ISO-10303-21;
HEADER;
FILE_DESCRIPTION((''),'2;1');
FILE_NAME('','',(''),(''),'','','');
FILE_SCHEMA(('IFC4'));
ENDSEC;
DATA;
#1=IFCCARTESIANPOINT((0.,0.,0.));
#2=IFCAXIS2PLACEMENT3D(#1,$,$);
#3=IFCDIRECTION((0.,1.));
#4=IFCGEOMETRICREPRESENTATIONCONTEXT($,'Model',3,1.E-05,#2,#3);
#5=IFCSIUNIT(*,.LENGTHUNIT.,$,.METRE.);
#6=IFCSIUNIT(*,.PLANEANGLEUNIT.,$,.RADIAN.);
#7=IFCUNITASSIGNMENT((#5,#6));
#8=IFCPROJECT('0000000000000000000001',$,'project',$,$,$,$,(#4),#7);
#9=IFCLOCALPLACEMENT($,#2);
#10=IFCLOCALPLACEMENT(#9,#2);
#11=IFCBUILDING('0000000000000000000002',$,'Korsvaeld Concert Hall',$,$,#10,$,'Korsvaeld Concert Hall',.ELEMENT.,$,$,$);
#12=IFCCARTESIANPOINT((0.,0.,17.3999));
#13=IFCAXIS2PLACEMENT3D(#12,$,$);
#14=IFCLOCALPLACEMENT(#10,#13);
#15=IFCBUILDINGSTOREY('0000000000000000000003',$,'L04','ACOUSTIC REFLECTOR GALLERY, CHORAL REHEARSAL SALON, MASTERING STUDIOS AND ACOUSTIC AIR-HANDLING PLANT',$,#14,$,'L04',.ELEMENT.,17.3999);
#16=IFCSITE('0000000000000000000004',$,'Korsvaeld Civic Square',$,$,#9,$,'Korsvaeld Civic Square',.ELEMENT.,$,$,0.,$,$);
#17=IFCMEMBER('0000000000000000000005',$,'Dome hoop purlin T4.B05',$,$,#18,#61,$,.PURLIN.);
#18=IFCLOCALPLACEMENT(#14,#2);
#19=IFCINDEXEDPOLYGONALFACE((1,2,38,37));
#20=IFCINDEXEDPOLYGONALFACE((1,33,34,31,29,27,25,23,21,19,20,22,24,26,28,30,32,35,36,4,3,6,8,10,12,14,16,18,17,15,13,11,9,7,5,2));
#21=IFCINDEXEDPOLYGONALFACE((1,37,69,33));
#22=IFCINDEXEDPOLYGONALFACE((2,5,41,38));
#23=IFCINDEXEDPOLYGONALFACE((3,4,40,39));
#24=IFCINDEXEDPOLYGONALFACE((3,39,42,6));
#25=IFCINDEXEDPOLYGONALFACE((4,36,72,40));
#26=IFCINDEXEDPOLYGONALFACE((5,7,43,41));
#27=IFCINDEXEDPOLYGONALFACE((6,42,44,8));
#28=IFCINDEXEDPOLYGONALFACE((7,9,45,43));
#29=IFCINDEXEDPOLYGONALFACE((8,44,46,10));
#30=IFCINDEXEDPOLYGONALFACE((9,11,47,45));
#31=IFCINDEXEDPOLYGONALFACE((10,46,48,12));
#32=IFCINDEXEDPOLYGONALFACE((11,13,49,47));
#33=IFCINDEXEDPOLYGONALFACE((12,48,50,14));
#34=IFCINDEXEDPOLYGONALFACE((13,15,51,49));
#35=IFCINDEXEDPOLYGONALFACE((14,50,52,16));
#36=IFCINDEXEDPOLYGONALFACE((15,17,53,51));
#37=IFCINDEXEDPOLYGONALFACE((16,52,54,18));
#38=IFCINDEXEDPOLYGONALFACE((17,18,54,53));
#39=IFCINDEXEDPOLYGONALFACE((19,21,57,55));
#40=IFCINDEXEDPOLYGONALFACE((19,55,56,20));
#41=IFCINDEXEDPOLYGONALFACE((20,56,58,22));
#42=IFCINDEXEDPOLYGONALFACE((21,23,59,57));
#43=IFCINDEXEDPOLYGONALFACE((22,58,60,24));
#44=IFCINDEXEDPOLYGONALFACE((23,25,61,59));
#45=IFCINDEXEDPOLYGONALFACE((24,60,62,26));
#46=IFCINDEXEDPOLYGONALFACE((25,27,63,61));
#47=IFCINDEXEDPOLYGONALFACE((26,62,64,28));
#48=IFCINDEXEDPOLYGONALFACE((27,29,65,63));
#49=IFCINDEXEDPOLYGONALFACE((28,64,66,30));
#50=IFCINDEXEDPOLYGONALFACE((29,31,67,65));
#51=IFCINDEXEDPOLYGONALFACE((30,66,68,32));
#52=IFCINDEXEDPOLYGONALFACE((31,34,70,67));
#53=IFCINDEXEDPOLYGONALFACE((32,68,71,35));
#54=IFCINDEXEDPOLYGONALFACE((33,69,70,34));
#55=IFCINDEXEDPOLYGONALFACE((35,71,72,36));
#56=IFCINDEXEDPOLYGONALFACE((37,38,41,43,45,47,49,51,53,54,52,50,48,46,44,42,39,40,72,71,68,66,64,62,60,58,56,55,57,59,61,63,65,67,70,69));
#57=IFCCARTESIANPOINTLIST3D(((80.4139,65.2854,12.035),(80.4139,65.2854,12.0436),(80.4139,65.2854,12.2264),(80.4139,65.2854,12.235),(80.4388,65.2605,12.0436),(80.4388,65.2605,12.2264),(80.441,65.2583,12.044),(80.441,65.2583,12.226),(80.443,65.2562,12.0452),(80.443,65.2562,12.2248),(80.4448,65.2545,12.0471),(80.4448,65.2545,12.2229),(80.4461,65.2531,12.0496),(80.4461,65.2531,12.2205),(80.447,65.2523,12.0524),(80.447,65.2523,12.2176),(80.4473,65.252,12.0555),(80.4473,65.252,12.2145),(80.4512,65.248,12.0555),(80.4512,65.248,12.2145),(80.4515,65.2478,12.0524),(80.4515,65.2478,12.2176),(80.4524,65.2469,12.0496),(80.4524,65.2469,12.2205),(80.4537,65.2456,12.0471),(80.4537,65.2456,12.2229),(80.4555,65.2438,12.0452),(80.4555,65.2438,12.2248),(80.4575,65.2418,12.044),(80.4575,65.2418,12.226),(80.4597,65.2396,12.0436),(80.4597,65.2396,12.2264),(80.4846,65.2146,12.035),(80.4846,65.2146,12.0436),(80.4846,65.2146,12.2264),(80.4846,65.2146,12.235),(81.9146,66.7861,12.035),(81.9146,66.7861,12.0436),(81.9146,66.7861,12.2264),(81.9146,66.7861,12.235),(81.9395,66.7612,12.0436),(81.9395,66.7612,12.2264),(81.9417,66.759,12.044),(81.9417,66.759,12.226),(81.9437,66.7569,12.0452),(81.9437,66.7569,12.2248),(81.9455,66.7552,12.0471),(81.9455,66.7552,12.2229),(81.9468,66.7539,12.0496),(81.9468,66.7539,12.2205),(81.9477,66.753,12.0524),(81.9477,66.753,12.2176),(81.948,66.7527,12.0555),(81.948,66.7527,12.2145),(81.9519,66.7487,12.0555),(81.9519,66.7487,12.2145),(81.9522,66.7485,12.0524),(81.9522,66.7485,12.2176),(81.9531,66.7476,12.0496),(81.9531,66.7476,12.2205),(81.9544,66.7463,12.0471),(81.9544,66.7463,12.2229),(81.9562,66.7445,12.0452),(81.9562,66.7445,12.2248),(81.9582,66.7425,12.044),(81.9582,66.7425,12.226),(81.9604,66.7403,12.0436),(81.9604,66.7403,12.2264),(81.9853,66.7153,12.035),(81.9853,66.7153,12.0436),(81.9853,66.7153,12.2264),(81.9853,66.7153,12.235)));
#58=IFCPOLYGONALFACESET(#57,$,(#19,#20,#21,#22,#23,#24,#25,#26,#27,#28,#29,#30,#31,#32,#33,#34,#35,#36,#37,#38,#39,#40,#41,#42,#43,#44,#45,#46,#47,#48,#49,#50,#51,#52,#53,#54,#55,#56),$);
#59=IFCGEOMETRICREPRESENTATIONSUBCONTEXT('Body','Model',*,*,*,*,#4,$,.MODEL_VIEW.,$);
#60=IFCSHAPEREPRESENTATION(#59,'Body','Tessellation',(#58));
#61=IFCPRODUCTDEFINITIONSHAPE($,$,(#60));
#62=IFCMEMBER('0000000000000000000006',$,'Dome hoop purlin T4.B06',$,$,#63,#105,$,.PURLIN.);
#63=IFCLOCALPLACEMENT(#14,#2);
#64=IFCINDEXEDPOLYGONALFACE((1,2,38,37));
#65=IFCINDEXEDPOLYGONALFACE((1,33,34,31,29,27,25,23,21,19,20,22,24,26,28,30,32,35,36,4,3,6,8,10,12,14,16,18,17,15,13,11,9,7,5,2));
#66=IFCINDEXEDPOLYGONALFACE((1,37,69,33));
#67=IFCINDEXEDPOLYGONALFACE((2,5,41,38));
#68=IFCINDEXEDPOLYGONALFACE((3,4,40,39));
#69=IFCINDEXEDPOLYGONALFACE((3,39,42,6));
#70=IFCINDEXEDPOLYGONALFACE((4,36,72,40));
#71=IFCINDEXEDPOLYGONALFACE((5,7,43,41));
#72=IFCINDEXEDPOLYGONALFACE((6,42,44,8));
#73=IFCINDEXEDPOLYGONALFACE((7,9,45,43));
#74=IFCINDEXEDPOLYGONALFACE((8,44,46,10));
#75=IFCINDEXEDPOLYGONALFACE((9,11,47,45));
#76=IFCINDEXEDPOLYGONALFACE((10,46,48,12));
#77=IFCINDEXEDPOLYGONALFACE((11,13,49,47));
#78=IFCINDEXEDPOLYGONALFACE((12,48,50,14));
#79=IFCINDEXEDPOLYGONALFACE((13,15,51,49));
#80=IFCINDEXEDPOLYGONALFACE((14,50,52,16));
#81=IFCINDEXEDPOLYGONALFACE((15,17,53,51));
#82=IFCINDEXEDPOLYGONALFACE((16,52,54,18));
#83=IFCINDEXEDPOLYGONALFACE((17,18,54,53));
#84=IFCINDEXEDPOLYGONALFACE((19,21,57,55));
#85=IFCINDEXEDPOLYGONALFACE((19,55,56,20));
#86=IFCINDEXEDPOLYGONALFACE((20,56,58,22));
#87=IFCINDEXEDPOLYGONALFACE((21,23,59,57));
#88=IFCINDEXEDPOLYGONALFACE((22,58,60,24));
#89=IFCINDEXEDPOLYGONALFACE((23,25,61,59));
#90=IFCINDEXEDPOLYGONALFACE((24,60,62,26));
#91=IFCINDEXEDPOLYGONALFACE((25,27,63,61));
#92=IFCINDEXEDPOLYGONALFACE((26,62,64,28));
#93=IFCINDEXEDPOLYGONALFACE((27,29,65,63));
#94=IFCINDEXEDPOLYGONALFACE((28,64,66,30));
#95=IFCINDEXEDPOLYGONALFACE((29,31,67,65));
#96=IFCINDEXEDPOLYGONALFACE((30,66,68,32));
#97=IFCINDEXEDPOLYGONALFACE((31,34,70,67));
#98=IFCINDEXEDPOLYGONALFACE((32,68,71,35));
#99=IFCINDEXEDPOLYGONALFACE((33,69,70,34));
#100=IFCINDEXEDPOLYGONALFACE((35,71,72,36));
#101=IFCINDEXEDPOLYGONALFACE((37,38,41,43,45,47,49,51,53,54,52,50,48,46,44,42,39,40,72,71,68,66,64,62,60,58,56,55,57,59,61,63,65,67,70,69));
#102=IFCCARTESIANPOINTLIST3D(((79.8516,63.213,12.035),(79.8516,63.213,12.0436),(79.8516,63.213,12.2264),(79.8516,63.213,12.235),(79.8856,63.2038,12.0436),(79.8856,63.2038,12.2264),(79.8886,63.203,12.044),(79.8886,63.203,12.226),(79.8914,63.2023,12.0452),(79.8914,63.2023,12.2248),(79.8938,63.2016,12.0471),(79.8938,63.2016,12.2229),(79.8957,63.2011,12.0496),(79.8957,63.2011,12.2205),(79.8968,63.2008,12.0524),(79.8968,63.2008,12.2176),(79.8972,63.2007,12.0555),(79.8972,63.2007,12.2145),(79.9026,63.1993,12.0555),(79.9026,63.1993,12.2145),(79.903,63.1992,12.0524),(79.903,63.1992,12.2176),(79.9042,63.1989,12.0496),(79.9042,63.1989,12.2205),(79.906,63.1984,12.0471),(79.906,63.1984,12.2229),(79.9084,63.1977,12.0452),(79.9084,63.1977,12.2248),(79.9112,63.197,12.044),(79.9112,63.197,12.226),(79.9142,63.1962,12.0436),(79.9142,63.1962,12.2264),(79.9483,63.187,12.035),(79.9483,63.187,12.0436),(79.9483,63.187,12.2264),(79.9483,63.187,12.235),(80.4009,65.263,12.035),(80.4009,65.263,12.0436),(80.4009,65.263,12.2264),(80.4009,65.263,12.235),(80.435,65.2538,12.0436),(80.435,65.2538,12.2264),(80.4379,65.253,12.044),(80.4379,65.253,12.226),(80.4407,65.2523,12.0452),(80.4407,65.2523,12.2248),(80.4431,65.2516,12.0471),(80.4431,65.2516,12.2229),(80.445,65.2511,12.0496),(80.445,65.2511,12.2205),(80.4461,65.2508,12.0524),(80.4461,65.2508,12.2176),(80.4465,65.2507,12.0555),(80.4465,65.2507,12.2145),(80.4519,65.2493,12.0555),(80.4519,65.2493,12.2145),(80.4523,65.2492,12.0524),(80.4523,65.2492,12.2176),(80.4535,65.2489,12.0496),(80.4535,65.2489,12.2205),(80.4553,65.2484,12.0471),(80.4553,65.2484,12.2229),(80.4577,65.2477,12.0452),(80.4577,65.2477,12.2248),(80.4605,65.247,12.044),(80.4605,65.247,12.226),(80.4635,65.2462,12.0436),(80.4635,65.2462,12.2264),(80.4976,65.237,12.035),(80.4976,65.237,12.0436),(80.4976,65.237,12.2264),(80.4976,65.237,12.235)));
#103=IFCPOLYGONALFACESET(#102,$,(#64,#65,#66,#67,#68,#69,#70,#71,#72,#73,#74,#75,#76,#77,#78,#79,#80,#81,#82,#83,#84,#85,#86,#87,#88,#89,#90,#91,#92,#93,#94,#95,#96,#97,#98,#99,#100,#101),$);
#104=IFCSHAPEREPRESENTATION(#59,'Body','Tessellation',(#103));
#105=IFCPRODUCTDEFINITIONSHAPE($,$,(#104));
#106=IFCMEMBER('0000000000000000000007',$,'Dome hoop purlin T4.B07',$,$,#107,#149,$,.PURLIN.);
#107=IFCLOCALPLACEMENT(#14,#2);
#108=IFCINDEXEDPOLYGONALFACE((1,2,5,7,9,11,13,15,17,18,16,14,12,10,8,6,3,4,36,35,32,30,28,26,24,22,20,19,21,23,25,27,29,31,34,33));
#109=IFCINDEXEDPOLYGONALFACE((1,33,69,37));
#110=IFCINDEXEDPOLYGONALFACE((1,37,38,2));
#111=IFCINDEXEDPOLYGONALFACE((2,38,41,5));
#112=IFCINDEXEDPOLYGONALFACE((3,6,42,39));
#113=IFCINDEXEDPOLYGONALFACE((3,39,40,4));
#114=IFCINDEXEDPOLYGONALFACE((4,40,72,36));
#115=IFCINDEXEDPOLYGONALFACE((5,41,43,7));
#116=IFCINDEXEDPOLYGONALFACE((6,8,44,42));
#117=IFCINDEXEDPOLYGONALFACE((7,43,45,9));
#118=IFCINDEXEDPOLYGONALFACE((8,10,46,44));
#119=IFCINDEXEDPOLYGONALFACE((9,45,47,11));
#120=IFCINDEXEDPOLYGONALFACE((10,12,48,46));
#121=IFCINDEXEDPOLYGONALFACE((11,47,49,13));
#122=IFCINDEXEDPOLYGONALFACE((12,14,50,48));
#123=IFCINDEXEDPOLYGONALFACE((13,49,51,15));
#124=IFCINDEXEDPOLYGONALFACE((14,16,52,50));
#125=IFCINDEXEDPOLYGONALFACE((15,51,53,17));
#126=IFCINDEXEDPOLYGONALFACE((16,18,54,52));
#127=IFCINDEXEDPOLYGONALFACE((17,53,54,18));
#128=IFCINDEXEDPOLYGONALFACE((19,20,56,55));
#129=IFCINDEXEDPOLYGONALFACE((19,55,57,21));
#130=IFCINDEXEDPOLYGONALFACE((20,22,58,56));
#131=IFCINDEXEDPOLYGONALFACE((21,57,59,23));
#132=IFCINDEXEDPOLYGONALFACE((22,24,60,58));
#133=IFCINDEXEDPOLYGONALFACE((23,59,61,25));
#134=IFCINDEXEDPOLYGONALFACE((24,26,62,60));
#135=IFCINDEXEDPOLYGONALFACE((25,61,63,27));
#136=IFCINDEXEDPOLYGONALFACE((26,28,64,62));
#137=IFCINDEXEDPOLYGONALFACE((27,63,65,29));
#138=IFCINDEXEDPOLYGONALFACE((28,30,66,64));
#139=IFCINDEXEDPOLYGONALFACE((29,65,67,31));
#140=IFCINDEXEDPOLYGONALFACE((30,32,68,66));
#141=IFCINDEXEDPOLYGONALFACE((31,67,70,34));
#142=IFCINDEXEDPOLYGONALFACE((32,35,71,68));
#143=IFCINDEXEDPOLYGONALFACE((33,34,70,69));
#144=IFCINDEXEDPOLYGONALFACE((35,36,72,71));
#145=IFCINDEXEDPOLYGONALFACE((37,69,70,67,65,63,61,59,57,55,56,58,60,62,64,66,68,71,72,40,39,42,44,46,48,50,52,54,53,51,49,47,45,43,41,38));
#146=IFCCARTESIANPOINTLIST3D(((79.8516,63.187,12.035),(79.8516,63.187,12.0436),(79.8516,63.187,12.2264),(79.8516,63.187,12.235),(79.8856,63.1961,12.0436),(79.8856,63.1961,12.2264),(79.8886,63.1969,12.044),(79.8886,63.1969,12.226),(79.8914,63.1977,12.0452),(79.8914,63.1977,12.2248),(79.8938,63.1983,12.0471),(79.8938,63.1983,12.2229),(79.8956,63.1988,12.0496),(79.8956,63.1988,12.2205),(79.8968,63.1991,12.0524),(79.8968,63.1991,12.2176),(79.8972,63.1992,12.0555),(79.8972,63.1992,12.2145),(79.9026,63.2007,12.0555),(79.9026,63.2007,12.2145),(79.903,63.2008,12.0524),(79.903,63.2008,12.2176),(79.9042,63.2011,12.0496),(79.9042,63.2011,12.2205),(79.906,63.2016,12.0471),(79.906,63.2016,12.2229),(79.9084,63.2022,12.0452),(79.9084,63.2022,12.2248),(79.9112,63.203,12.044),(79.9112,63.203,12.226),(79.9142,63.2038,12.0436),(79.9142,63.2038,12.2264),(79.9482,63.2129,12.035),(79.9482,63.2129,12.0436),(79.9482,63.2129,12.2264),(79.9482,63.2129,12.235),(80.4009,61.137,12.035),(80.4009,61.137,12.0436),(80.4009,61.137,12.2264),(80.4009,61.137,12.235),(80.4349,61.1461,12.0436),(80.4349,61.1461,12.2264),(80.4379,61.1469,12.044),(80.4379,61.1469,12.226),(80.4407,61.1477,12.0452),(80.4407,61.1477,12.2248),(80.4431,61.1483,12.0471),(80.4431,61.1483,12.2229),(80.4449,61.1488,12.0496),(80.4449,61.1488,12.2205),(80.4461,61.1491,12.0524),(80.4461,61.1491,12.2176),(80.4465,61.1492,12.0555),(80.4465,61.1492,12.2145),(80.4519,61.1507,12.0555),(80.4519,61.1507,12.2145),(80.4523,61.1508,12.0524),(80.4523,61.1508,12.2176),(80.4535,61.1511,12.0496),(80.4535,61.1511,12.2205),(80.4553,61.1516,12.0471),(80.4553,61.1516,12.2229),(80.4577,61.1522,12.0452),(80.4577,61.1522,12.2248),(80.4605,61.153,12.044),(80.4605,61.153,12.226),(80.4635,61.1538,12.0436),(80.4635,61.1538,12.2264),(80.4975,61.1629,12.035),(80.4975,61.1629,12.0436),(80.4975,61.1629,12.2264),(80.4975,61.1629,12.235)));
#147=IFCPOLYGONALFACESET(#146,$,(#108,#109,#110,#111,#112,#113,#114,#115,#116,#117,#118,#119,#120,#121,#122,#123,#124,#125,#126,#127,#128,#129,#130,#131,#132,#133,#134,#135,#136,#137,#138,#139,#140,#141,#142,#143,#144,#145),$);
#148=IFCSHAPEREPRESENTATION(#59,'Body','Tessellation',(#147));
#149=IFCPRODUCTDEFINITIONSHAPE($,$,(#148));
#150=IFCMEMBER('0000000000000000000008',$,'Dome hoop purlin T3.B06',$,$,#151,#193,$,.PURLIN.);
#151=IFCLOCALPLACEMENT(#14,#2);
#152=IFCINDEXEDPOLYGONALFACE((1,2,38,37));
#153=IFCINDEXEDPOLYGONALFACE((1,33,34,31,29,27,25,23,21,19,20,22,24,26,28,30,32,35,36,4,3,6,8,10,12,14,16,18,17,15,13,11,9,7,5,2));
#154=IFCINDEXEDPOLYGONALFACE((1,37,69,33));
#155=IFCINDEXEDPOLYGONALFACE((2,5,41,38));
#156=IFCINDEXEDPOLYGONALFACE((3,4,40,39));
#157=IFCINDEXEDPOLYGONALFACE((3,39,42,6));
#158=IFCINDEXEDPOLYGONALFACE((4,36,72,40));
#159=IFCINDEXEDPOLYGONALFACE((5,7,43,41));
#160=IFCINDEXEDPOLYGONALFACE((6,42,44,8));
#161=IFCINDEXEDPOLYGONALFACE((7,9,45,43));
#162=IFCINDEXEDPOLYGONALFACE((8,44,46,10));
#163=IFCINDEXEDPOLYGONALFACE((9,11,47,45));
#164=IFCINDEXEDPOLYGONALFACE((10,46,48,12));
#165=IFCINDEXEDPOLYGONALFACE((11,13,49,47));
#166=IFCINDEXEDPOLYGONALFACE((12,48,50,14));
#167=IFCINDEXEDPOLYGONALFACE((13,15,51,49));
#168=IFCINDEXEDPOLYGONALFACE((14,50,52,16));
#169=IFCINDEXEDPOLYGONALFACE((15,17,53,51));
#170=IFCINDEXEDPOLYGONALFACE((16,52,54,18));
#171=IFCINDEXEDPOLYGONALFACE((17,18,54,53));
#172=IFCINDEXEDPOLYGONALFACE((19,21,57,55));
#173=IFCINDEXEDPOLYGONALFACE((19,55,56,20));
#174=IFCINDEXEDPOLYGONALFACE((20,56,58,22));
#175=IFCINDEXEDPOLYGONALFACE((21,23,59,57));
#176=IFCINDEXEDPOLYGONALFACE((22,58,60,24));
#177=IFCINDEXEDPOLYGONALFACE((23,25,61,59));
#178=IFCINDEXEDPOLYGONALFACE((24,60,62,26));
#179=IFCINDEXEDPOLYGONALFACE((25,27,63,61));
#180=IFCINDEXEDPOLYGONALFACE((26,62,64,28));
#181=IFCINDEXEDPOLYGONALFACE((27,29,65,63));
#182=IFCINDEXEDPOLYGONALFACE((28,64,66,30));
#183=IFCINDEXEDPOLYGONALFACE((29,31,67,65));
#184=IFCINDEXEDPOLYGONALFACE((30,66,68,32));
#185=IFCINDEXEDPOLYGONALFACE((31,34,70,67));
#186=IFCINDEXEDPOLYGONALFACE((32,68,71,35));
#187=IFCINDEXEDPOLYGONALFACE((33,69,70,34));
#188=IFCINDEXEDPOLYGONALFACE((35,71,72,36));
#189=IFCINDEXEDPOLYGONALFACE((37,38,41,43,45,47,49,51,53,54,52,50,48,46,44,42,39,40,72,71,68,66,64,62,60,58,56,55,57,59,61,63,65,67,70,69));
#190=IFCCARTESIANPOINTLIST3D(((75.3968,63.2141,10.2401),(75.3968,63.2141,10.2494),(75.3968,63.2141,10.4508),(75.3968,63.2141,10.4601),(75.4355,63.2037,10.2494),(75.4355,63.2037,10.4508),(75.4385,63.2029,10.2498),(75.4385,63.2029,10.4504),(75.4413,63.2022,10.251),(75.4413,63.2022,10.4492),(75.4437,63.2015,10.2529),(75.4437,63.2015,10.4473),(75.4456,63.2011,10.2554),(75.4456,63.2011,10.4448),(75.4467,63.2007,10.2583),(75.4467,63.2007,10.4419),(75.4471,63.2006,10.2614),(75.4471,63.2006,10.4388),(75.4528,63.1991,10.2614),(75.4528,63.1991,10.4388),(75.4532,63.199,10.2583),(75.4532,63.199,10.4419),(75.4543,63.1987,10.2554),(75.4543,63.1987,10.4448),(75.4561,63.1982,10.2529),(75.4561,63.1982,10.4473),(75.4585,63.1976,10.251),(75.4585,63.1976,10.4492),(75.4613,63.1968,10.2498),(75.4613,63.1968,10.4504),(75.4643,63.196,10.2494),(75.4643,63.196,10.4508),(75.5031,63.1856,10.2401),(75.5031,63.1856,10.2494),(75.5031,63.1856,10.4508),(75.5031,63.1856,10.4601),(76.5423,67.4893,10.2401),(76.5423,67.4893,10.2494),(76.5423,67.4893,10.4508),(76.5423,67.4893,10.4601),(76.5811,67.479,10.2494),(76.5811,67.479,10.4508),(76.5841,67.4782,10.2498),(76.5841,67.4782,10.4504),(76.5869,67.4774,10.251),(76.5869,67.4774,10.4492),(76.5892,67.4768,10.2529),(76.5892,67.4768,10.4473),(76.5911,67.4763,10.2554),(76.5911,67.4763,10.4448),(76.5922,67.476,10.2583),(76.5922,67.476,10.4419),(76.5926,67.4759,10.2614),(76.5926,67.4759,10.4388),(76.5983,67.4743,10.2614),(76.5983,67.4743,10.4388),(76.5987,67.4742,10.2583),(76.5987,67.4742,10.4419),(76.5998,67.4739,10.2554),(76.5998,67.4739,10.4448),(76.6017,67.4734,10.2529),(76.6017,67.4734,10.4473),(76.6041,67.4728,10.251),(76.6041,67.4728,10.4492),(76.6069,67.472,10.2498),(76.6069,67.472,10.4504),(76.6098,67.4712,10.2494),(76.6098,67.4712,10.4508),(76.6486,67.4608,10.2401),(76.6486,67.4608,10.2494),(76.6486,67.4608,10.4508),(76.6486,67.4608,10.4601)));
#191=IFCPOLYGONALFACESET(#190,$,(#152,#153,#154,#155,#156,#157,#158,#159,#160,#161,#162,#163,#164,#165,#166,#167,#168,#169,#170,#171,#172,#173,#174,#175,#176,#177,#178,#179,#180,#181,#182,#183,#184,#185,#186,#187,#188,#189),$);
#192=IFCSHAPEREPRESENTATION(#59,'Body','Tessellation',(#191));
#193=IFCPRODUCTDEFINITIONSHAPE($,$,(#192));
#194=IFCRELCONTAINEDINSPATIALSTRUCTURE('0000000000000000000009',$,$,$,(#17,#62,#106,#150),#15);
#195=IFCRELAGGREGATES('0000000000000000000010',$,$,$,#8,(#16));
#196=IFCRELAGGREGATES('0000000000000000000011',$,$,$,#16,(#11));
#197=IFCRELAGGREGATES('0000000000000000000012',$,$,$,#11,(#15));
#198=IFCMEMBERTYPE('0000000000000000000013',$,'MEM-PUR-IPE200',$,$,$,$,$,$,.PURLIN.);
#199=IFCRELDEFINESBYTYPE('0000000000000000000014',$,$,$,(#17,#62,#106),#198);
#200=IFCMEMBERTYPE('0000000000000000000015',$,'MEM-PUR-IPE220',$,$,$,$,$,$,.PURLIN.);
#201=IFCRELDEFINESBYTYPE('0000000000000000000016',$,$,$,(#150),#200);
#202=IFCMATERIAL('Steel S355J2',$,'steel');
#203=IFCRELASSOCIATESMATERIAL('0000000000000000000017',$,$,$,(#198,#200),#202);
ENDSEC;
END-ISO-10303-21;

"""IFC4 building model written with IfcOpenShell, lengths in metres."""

from ifc_helpers import new_model, si_unit, direction, frame, origin, origin_2d, place, context, subcontext, project, spatial, i_section, extrude, material, material_profile, profile_set, type_object, element, save


model = new_model("IFC4")

# Units and contexts
model_context = context("Model", 3, precision=1e-05, world=origin(), true_north=direction((0.0, 1.0)))
body_context = subcontext(model_context, "Body", "Model", "MODEL_VIEW")
ifc_project = project(units=[si_unit("LENGTHUNIT", "METRE"), si_unit("PLANEANGLEUNIT", "RADIAN")], contexts=[model_context])

# Site, building, storey
site_placement = place(None, origin())
site = spatial("IfcSite", under=ifc_project, at=site_placement, Name="Korsvaeld Civic Square", LongName="Korsvaeld Civic Square", CompositionType="ELEMENT", RefElevation=0.0)
building_placement = place(site_placement, origin())
building = spatial("IfcBuilding", under=site, at=building_placement, Name="Korsvaeld Concert Hall", LongName="Korsvaeld Concert Hall", CompositionType="ELEMENT")
storey_placement = place(building_placement, frame((0.0, 0.0, 17.3999)))
storey = spatial("IfcBuildingStorey", under=building, at=storey_placement, Name="L04", Description="ACOUSTIC REFLECTOR GALLERY, CHORAL REHEARSAL SALON, MASTERING STUDIOS AND ACOUSTIC AIR-HANDLING PLANT", LongName="L04", CompositionType="ELEMENT", Elevation=17.3999)

# Shared definitions
ifc_material_1 = material(Name="Steel S355J2", Category="steel")

# Members
ifc_material_profile_1 = material_profile(ifc_material_1, i_section(OverallWidth=0.1001, OverallDepth=0.2, WebThickness=0.0056, FlangeThickness=0.0085, FilletRadius=0.012, at=origin_2d()), Name="IPE 200")
ifc_profile_set_1 = profile_set([ifc_material_profile_1], Name="Steel S355J2")
member_type_1 = type_object("IfcMemberType", Name="MEM-PUR-IPE200", PredefinedType="PURLIN", material=ifc_profile_set_1)
for number, where, z_axis, x_axis, name in (
    (1, (81.95, 66.7507, 12.135), (-0.707107, -0.707107, 0.0), (0.707107, -0.707107, 0.0), "Dome hoop purlin T4.B05"),
    (2, (80.4492, 65.25, 12.135), (-0.258822, -0.965925, 0.0), (0.965925, -0.258822, 0.0), "Dome hoop purlin T4.B06"),
    (3, (79.8999, 63.2, 12.135), (0.258822, -0.965925, 0.0), (0.965925, 0.258822, 0.0), "Dome hoop purlin T4.B07"),
):
    element("IfcMember", number, at=place(storey_placement, frame(where, z_axis=z_axis, x_axis=x_axis)), inside=storey, type_object=member_type_1, Name=name, PredefinedType="PURLIN", context=body_context, shape_type="SweptSolid", body=[
        extrude(i_section(OverallWidth=0.1001, OverallDepth=0.2, WebThickness=0.0056, FlangeThickness=0.0085, FilletRadius=0.012, at=origin_2d()), origin(), (0.0, 0.0, 1.0), 2.1223),
    ])
ifc_material_profile_2 = material_profile(ifc_material_1, i_section(OverallWidth=0.1101, OverallDepth=0.22, WebThickness=0.0059, FlangeThickness=0.0093, FilletRadius=0.012, at=origin_2d()), Name="IPE 220")
ifc_profile_set_2 = profile_set([ifc_material_profile_2], Name="Steel S355J2")
member_type_2 = type_object("IfcMemberType", Name="MEM-PUR-IPE220", PredefinedType="PURLIN", material=ifc_profile_set_2)
member_1_placement = place(storey_placement, frame((76.5955, 67.4751, 10.3501), z_axis=(-0.258816, -0.965927, 0.0), x_axis=(0.965927, -0.258816, 0.0)))
element("IfcMember", 4, at=member_1_placement, inside=storey, type_object=member_type_2, Name="Dome hoop purlin T3.B06", PredefinedType="PURLIN", context=body_context, shape_type="SweptSolid", body=[
    extrude(i_section(OverallWidth=0.1101, OverallDepth=0.22, WebThickness=0.0059, FlangeThickness=0.0093, FilletRadius=0.012, at=origin_2d()), origin(), (0.0, 0.0, 1.0), 4.426),
])

save(model, "model.ifc")
